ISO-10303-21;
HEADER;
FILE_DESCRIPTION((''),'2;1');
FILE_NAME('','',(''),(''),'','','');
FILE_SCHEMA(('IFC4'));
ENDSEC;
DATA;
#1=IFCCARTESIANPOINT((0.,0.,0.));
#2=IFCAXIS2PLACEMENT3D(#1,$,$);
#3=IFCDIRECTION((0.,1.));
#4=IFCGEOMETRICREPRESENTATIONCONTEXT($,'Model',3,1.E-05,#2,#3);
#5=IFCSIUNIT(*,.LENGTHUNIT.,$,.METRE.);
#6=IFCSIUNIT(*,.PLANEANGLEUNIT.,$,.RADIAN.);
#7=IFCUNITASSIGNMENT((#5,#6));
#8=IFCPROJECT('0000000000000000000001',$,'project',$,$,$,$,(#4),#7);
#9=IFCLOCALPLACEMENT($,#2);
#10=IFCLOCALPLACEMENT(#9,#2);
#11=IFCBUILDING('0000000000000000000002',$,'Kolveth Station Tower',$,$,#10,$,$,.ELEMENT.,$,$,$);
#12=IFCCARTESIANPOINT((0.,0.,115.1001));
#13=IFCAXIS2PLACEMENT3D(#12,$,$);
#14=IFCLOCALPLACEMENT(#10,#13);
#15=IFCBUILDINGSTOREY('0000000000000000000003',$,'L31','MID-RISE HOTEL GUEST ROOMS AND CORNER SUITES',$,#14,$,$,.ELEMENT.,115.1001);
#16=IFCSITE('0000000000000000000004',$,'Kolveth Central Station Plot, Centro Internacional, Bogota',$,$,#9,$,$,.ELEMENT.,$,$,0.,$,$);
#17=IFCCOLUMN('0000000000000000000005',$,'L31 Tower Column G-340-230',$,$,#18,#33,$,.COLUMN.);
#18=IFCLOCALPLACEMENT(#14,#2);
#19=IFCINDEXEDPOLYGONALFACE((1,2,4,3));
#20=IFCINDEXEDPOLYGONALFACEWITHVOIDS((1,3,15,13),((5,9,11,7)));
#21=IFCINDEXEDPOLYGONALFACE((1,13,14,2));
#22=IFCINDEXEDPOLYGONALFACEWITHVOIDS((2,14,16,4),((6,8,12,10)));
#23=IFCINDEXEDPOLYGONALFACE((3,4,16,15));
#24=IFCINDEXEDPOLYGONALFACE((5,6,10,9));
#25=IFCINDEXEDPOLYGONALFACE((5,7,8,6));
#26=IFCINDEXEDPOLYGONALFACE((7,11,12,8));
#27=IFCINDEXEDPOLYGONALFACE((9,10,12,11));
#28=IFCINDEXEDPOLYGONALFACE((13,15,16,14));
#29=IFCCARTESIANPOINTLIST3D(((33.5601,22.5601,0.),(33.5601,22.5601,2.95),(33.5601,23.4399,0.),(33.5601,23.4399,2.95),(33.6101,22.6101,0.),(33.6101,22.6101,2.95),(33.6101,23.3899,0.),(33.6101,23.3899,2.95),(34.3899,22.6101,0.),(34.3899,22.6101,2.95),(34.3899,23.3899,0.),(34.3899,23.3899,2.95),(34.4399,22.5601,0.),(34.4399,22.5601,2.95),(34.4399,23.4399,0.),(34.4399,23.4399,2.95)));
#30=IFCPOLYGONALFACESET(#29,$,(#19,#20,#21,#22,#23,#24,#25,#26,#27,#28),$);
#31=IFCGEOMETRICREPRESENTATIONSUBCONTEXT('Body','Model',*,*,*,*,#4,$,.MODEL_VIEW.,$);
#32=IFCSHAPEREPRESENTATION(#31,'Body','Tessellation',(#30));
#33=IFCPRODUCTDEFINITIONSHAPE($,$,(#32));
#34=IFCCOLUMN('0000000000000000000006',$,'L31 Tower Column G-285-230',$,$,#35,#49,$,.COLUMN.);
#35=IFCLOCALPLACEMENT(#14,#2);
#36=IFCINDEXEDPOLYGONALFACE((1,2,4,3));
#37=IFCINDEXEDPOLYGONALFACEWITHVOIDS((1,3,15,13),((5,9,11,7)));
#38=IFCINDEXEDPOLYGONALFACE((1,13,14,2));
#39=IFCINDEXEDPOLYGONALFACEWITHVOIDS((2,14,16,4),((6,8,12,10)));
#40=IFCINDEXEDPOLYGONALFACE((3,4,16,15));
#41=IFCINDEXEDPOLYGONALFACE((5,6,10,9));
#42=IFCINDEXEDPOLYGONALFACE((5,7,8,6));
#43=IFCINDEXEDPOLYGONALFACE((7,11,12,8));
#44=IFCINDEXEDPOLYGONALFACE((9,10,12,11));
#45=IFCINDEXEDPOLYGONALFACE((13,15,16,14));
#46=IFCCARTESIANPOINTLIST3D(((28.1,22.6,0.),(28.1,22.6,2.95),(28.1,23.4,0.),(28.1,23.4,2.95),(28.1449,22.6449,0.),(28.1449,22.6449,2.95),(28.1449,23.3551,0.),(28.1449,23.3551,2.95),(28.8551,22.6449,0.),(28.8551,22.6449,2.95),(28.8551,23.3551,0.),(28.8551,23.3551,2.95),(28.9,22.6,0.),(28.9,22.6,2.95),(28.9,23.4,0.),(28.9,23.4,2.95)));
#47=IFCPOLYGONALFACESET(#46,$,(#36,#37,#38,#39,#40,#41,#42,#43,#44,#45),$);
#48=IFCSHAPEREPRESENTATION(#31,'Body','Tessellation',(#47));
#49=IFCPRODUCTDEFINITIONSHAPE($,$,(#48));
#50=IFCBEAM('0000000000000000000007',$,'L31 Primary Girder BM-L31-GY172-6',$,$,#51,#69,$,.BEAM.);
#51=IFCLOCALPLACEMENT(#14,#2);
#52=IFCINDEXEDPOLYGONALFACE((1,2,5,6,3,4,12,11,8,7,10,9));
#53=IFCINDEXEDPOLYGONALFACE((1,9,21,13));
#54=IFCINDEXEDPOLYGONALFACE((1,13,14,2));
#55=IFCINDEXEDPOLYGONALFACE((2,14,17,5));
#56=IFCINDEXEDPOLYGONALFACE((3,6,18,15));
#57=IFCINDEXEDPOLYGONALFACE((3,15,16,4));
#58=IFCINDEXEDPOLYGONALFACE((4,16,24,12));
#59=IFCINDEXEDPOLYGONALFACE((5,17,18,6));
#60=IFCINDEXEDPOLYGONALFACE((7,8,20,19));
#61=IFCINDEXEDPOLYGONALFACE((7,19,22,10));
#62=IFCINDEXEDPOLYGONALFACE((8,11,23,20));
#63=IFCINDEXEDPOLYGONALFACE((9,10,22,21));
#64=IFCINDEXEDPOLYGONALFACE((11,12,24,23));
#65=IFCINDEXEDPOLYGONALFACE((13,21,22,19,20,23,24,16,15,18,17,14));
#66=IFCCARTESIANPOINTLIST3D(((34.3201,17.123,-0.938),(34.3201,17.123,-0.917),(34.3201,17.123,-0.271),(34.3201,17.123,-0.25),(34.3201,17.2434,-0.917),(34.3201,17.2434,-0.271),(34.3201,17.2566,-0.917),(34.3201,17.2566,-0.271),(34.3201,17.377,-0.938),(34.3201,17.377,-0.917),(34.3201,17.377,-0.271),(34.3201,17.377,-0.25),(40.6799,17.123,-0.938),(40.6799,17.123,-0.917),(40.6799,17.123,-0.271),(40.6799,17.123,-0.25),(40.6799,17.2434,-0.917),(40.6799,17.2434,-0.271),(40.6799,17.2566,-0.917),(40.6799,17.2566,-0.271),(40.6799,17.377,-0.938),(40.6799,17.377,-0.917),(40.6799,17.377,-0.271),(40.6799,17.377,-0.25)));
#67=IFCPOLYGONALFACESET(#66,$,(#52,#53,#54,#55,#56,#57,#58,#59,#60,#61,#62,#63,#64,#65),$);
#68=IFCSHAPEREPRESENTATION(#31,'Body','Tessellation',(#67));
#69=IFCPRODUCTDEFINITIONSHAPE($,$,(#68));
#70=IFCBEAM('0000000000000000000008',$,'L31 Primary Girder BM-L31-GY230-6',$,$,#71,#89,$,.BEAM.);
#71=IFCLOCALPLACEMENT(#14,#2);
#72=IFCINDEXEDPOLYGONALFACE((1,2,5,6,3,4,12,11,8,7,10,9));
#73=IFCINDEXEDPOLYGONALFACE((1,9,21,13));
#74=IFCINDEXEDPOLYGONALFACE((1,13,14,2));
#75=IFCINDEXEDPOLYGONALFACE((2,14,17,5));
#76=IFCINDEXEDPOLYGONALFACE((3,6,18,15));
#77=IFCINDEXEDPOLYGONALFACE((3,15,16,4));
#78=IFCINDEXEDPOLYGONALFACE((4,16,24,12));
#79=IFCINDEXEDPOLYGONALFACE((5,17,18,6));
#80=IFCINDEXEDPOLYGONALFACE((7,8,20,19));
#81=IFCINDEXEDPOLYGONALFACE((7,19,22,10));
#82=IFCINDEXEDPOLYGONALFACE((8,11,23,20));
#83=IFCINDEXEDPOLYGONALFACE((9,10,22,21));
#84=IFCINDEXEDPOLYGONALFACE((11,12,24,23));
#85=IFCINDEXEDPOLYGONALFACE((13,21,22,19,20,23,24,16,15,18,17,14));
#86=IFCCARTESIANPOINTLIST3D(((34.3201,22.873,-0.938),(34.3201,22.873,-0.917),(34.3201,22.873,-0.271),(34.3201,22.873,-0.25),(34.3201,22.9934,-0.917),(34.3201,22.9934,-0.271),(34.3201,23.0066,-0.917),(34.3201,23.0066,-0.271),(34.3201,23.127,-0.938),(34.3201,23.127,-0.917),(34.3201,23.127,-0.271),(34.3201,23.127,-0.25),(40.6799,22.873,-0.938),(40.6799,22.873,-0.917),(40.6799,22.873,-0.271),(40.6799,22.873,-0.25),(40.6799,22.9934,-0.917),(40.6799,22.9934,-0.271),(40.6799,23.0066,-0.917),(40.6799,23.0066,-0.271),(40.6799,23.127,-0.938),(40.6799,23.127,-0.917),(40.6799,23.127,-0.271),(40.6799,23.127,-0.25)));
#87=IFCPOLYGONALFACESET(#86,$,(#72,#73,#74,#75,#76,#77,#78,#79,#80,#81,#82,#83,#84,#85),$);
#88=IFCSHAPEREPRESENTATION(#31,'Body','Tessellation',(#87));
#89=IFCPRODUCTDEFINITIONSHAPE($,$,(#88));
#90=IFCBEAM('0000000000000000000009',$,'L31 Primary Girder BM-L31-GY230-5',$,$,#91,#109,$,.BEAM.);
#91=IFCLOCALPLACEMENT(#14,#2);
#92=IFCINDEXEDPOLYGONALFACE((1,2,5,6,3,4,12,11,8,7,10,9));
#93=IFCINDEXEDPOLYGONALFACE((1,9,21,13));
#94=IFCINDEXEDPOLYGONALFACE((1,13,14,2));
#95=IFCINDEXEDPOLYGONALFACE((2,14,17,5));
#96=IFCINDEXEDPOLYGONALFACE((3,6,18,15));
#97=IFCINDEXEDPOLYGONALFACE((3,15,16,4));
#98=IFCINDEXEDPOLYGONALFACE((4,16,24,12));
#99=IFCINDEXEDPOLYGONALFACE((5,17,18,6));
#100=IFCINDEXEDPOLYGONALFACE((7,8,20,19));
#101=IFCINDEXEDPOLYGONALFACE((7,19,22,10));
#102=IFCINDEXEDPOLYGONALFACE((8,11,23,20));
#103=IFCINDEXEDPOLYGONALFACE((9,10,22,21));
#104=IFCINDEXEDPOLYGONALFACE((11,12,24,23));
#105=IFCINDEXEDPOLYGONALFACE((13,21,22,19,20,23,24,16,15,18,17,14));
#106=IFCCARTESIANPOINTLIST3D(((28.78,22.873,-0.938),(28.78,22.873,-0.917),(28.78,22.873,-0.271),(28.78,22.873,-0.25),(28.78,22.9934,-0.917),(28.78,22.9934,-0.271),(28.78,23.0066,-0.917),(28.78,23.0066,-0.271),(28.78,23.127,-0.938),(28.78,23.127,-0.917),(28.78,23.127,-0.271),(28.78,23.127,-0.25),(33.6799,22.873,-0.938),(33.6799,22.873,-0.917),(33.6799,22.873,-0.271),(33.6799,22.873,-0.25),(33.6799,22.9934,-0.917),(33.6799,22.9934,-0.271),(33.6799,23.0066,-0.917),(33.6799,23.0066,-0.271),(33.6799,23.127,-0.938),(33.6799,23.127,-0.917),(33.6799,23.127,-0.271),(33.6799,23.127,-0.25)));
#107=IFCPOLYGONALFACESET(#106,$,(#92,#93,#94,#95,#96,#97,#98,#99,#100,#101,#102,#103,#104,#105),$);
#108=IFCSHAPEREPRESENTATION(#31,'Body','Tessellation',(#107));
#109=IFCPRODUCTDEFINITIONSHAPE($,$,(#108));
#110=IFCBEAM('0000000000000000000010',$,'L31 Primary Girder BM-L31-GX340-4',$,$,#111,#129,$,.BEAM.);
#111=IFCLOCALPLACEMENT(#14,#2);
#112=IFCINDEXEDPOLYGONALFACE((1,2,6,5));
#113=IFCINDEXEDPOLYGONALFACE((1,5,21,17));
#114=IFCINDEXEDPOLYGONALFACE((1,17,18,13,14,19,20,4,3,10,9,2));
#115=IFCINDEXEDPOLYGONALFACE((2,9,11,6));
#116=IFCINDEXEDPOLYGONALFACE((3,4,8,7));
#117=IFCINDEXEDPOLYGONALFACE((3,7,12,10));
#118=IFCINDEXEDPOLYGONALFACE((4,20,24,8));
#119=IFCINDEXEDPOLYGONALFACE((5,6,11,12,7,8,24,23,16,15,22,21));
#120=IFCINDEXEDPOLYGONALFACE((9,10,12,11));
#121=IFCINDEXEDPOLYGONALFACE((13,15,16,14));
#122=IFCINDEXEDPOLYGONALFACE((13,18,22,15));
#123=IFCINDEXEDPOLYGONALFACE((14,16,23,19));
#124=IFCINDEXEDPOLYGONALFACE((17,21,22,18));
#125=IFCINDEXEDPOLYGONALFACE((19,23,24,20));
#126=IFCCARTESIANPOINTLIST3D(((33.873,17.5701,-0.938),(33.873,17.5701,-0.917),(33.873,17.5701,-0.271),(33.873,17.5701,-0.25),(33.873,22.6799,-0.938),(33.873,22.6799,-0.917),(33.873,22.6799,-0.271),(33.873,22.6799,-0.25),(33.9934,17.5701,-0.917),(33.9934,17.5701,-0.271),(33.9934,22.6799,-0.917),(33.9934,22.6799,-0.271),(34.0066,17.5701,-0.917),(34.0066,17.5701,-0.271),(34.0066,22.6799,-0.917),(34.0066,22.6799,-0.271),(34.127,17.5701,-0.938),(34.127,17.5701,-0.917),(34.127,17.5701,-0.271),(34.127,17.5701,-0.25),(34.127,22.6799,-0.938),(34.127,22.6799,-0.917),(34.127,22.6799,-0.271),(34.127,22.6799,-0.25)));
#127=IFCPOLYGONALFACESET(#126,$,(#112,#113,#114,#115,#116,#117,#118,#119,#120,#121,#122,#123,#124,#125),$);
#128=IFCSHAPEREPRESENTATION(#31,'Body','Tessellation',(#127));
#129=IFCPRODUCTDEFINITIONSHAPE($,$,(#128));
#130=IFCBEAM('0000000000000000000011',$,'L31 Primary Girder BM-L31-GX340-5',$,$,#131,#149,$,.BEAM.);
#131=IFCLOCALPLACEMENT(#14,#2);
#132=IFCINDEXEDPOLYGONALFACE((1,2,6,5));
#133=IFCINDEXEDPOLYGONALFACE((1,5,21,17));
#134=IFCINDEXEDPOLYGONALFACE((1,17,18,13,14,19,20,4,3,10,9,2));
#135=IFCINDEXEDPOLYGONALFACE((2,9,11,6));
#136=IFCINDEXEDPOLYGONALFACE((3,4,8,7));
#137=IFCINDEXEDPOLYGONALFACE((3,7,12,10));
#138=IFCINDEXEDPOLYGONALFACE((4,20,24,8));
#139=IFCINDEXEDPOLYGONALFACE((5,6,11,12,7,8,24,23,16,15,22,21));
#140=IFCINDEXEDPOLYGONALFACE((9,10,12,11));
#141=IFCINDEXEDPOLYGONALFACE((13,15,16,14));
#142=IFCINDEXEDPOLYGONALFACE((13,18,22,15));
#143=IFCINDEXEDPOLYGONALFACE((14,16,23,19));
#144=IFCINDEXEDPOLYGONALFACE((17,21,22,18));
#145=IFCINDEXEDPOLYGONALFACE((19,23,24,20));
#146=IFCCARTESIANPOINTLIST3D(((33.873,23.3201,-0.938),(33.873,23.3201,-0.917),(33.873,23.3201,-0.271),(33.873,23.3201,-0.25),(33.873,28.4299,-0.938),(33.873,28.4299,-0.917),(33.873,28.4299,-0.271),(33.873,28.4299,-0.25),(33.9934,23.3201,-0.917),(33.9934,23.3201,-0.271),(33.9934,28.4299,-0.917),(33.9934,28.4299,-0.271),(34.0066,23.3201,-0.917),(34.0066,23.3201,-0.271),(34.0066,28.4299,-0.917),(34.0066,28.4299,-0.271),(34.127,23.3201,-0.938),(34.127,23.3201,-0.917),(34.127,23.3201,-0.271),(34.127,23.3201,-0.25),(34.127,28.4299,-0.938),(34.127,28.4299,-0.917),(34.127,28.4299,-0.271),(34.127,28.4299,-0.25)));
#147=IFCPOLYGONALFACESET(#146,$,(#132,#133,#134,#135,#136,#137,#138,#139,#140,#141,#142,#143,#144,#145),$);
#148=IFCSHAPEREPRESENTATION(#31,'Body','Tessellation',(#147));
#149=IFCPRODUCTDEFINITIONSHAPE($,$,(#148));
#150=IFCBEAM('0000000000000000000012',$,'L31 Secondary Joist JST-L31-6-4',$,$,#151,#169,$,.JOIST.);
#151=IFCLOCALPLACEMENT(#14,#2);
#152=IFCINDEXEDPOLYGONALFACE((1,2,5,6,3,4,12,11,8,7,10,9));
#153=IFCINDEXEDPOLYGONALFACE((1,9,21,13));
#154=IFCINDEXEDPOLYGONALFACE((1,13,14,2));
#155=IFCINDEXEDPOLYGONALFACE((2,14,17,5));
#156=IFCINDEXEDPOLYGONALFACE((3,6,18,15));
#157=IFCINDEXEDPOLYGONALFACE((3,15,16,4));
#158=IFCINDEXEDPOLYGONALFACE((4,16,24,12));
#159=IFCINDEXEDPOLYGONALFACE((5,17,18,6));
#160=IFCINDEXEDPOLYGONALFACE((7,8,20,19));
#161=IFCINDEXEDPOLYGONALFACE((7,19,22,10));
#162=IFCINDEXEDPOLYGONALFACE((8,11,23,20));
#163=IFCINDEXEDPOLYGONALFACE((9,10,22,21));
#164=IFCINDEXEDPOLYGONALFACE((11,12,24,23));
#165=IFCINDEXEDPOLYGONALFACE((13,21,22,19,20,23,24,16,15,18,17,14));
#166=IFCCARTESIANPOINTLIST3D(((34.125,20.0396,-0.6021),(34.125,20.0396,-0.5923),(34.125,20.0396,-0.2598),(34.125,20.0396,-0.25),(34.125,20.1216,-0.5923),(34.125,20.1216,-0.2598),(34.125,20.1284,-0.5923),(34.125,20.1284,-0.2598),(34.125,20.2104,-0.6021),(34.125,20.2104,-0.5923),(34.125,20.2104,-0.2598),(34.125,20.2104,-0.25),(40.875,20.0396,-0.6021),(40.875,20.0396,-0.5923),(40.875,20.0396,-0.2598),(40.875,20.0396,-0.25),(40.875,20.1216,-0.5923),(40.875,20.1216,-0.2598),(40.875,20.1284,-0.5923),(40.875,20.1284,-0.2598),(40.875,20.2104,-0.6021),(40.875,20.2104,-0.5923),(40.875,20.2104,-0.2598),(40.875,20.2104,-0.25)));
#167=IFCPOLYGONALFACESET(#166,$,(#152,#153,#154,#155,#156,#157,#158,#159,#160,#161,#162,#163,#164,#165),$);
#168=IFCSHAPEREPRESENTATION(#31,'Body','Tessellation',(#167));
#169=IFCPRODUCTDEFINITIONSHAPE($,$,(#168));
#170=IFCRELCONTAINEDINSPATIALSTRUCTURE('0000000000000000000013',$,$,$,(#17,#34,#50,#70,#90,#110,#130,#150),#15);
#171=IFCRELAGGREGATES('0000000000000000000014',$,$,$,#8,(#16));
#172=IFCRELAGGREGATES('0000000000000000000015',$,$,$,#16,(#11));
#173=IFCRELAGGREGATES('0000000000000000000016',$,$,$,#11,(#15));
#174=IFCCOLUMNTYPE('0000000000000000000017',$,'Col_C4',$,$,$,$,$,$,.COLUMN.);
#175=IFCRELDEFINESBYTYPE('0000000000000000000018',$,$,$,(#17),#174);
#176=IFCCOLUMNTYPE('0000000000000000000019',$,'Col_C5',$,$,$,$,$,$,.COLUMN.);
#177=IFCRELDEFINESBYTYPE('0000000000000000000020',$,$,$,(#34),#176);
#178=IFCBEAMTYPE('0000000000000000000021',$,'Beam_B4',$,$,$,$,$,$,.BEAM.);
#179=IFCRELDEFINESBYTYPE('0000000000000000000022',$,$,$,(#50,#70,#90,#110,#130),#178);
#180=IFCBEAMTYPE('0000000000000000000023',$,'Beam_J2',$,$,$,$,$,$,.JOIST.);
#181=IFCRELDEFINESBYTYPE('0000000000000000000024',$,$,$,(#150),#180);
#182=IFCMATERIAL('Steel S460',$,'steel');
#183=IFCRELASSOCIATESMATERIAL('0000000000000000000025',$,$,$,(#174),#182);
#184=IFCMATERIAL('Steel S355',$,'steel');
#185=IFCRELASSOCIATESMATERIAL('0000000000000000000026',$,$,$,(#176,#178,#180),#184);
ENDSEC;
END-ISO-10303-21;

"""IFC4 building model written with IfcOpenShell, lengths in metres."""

from ifc_helpers import new_model, si_unit, direction, frame, origin, origin_2d, place, context, subcontext, project, spatial, hollow_rectangle, i_section, extrude, source, transform, mapped, material, material_profile, profile_set, type_object, element, save


model = new_model("IFC4")

# Units and contexts
model_context = context("Model", 3, precision=1e-05, world=origin(), true_north=direction((0.0, 1.0)))
body_context = subcontext(model_context, "Body", "Model", "MODEL_VIEW")
ifc_project = project(units=[si_unit("LENGTHUNIT", "METRE"), si_unit("PLANEANGLEUNIT", "RADIAN")], contexts=[model_context])

# Site, building, storey
site_placement = place(None, origin())
site = spatial("IfcSite", under=ifc_project, at=site_placement, Name="Kolveth Central Station Plot, Centro Internacional, Bogota", CompositionType="ELEMENT", RefElevation=0.0)
building_placement = place(site_placement, origin())
building = spatial("IfcBuilding", under=site, at=building_placement, Name="Kolveth Station Tower", CompositionType="ELEMENT")
storey_placement = place(building_placement, frame((0.0, 0.0, 115.1001)))
storey = spatial("IfcBuildingStorey", under=building, at=storey_placement, Name="L31", Description="MID-RISE HOTEL GUEST ROOMS AND CORNER SUITES", CompositionType="ELEMENT", Elevation=115.1001)

# Columns
ifc_material_1 = material(Name="Steel S460", Category="steel")
ifc_material_profile_1 = material_profile(ifc_material_1, hollow_rectangle(XDim=0.8799, YDim=0.8799, WallThickness=0.05, at=origin_2d()), Name="BOX880x880x50")
ifc_profile_set_1 = profile_set([ifc_material_profile_1], Name="Steel S460")
column_type_1 = type_object("IfcColumnType", Name="Col_C4", PredefinedType="COLUMN", material=ifc_profile_set_1)
shared_shape_1 = source(origin(), body_context, "Body", "SweptSolid", [
    extrude(hollow_rectangle(XDim=0.8799, YDim=0.8799, WallThickness=0.05, at=origin_2d()), origin(), (0.0, 0.0, 1.0), 2.95),
])
column_1_placement = place(storey_placement, frame((34.0, 23.0, 0.0), z_axis=(0.0, 0.0, 1.0), x_axis=(1.0, 0.0, 0.0)))
element("IfcColumn", 1, at=column_1_placement, inside=storey, type_object=column_type_1, Name="L31 Tower Column G-340-230", PredefinedType="COLUMN", context=body_context, shape_type="MappedRepresentation", body=[
    mapped(shared_shape_1, transform((0.0, 0.0, 0.0), x_axis=(1.0, 0.0, 0.0), y_axis=(0.0, 1.0, 0.0), z_axis=(0.0, 0.0, 1.0), scale=1.0)),
])
ifc_material_2 = material(Name="Steel S355", Category="steel")
ifc_material_profile_2 = material_profile(ifc_material_2, hollow_rectangle(XDim=0.8, YDim=0.8, WallThickness=0.0449, at=origin_2d()), Name="BOX800x800x45")
ifc_profile_set_2 = profile_set([ifc_material_profile_2], Name="Steel S355")
column_type_2 = type_object("IfcColumnType", Name="Col_C5", PredefinedType="COLUMN", material=ifc_profile_set_2)
shared_shape_2 = source(origin(), body_context, "Body", "SweptSolid", [
    extrude(hollow_rectangle(XDim=0.8, YDim=0.8, WallThickness=0.0449, at=origin_2d()), origin(), (0.0, 0.0, 1.0), 2.95),
])
column_2_placement = place(storey_placement, frame((28.5, 23.0, 0.0), z_axis=(0.0, 0.0, 1.0), x_axis=(1.0, 0.0, 0.0)))
element("IfcColumn", 2, at=column_2_placement, inside=storey, type_object=column_type_2, Name="L31 Tower Column G-285-230", PredefinedType="COLUMN", context=body_context, shape_type="MappedRepresentation", body=[
    mapped(shared_shape_2, transform((0.0, 0.0, 0.0), x_axis=(1.0, 0.0, 0.0), y_axis=(0.0, 1.0, 0.0), z_axis=(0.0, 0.0, 1.0), scale=1.0)),
])

# Beams
ifc_material_profile_3 = material_profile(ifc_material_2, i_section(OverallWidth=0.2539, OverallDepth=0.688, WebThickness=0.0132, FlangeThickness=0.021, at=origin_2d()), Name="W690x152")
ifc_profile_set_3 = profile_set([ifc_material_profile_3], Name="Steel S355")
beam_type_1 = type_object("IfcBeamType", Name="Beam_B4", PredefinedType="BEAM", material=ifc_profile_set_3)
shared_shape_3 = source(origin(), body_context, "Body", "SweptSolid", [
    extrude(i_section(OverallWidth=0.2539, OverallDepth=0.688, WebThickness=0.0132, FlangeThickness=0.021, at=origin_2d()), origin(), (0.0, 0.0, 1.0), 6.3599),
])
for number, where, z_axis, x_axis, name in (
    (3, (34.3201, 17.25, -0.594), (1.0, 0.0, 0.0), (0.0, 1.0, 0.0), "L31 Primary Girder BM-L31-GY172-6"),
    (4, (34.3201, 23.0, -0.594), (1.0, 0.0, 0.0), (0.0, 1.0, 0.0), "L31 Primary Girder BM-L31-GY230-6"),
):
    element("IfcBeam", number, at=place(storey_placement, frame(where, z_axis=z_axis, x_axis=x_axis)), inside=storey, type_object=beam_type_1, Name=name, PredefinedType="BEAM", context=body_context, shape_type="MappedRepresentation", body=[
        mapped(shared_shape_3, transform((0.0, 0.0, 0.0), x_axis=(1.0, 0.0, 0.0), y_axis=(0.0, 1.0, 0.0), z_axis=(0.0, 0.0, 1.0), scale=1.0)),
    ])
shared_shape_4 = source(origin(), body_context, "Body", "SweptSolid", [
    extrude(i_section(OverallWidth=0.2539, OverallDepth=0.688, WebThickness=0.0132, FlangeThickness=0.021, at=origin_2d()), origin(), (0.0, 0.0, 1.0), 4.8999),
])
beam_placement = place(storey_placement, frame((28.78, 23.0, -0.594), z_axis=(1.0, 0.0, 0.0), x_axis=(0.0, 1.0, 0.0)))
element("IfcBeam", 5, at=beam_placement, inside=storey, type_object=beam_type_1, Name="L31 Primary Girder BM-L31-GY230-5", PredefinedType="BEAM", context=body_context, shape_type="MappedRepresentation", body=[
    mapped(shared_shape_4, transform((0.0, 0.0, 0.0), x_axis=(1.0, 0.0, 0.0), y_axis=(0.0, 1.0, 0.0), z_axis=(0.0, 0.0, 1.0), scale=1.0)),
])
shared_shape_5 = source(origin(), body_context, "Body", "SweptSolid", [
    extrude(i_section(OverallWidth=0.2539, OverallDepth=0.688, WebThickness=0.0132, FlangeThickness=0.021, at=origin_2d()), origin(), (0.0, 0.0, 1.0), 5.1099),
])
for number, where, z_axis, x_axis, name in (
    (6, (34.0, 17.5701, -0.594), (0.0, 1.0, 0.0), (-1.0, 0.0, 0.0), "L31 Primary Girder BM-L31-GX340-4"),
    (7, (34.0, 23.3201, -0.594), (0.0, 1.0, 0.0), (-1.0, 0.0, 0.0), "L31 Primary Girder BM-L31-GX340-5"),
):
    element("IfcBeam", number, at=place(storey_placement, frame(where, z_axis=z_axis, x_axis=x_axis)), inside=storey, type_object=beam_type_1, Name=name, PredefinedType="BEAM", context=body_context, shape_type="MappedRepresentation", body=[
        mapped(shared_shape_5, transform((0.0, 0.0, 0.0), x_axis=(1.0, 0.0, 0.0), y_axis=(0.0, 1.0, 0.0), z_axis=(0.0, 0.0, 1.0), scale=1.0)),
    ])
ifc_material_profile_4 = material_profile(ifc_material_2, i_section(OverallWidth=0.1709, OverallDepth=0.3521, WebThickness=0.0068, FlangeThickness=0.0098, at=origin_2d()), Name="W360x44")
ifc_profile_set_4 = profile_set([ifc_material_profile_4], Name="Steel S355")
beam_type_2 = type_object("IfcBeamType", Name="Beam_J2", PredefinedType="JOIST", material=ifc_profile_set_4)
shared_shape_6 = source(origin(), body_context, "Body", "SweptSolid", [
    extrude(i_section(OverallWidth=0.1709, OverallDepth=0.3521, WebThickness=0.0068, FlangeThickness=0.0098, at=origin_2d()), origin(), (0.0, 0.0, 1.0), 6.75),
])
for number, where, z_axis, x_axis, name in (
    (8, (34.125, 20.125, -0.426), (1.0, 0.0, 0.0), (0.0, 1.0, 0.0), "L31 Secondary Joist JST-L31-6-4"),
):
    element("IfcBeam", number, at=place(storey_placement, frame(where, z_axis=z_axis, x_axis=x_axis)), inside=storey, type_object=beam_type_2, Name=name, PredefinedType="JOIST", context=body_context, shape_type="MappedRepresentation", body=[
        mapped(shared_shape_6, transform((0.0, 0.0, 0.0), x_axis=(1.0, 0.0, 0.0), y_axis=(0.0, 1.0, 0.0), z_axis=(0.0, 0.0, 1.0), scale=1.0)),
    ])

save(model, "model.ifc")
